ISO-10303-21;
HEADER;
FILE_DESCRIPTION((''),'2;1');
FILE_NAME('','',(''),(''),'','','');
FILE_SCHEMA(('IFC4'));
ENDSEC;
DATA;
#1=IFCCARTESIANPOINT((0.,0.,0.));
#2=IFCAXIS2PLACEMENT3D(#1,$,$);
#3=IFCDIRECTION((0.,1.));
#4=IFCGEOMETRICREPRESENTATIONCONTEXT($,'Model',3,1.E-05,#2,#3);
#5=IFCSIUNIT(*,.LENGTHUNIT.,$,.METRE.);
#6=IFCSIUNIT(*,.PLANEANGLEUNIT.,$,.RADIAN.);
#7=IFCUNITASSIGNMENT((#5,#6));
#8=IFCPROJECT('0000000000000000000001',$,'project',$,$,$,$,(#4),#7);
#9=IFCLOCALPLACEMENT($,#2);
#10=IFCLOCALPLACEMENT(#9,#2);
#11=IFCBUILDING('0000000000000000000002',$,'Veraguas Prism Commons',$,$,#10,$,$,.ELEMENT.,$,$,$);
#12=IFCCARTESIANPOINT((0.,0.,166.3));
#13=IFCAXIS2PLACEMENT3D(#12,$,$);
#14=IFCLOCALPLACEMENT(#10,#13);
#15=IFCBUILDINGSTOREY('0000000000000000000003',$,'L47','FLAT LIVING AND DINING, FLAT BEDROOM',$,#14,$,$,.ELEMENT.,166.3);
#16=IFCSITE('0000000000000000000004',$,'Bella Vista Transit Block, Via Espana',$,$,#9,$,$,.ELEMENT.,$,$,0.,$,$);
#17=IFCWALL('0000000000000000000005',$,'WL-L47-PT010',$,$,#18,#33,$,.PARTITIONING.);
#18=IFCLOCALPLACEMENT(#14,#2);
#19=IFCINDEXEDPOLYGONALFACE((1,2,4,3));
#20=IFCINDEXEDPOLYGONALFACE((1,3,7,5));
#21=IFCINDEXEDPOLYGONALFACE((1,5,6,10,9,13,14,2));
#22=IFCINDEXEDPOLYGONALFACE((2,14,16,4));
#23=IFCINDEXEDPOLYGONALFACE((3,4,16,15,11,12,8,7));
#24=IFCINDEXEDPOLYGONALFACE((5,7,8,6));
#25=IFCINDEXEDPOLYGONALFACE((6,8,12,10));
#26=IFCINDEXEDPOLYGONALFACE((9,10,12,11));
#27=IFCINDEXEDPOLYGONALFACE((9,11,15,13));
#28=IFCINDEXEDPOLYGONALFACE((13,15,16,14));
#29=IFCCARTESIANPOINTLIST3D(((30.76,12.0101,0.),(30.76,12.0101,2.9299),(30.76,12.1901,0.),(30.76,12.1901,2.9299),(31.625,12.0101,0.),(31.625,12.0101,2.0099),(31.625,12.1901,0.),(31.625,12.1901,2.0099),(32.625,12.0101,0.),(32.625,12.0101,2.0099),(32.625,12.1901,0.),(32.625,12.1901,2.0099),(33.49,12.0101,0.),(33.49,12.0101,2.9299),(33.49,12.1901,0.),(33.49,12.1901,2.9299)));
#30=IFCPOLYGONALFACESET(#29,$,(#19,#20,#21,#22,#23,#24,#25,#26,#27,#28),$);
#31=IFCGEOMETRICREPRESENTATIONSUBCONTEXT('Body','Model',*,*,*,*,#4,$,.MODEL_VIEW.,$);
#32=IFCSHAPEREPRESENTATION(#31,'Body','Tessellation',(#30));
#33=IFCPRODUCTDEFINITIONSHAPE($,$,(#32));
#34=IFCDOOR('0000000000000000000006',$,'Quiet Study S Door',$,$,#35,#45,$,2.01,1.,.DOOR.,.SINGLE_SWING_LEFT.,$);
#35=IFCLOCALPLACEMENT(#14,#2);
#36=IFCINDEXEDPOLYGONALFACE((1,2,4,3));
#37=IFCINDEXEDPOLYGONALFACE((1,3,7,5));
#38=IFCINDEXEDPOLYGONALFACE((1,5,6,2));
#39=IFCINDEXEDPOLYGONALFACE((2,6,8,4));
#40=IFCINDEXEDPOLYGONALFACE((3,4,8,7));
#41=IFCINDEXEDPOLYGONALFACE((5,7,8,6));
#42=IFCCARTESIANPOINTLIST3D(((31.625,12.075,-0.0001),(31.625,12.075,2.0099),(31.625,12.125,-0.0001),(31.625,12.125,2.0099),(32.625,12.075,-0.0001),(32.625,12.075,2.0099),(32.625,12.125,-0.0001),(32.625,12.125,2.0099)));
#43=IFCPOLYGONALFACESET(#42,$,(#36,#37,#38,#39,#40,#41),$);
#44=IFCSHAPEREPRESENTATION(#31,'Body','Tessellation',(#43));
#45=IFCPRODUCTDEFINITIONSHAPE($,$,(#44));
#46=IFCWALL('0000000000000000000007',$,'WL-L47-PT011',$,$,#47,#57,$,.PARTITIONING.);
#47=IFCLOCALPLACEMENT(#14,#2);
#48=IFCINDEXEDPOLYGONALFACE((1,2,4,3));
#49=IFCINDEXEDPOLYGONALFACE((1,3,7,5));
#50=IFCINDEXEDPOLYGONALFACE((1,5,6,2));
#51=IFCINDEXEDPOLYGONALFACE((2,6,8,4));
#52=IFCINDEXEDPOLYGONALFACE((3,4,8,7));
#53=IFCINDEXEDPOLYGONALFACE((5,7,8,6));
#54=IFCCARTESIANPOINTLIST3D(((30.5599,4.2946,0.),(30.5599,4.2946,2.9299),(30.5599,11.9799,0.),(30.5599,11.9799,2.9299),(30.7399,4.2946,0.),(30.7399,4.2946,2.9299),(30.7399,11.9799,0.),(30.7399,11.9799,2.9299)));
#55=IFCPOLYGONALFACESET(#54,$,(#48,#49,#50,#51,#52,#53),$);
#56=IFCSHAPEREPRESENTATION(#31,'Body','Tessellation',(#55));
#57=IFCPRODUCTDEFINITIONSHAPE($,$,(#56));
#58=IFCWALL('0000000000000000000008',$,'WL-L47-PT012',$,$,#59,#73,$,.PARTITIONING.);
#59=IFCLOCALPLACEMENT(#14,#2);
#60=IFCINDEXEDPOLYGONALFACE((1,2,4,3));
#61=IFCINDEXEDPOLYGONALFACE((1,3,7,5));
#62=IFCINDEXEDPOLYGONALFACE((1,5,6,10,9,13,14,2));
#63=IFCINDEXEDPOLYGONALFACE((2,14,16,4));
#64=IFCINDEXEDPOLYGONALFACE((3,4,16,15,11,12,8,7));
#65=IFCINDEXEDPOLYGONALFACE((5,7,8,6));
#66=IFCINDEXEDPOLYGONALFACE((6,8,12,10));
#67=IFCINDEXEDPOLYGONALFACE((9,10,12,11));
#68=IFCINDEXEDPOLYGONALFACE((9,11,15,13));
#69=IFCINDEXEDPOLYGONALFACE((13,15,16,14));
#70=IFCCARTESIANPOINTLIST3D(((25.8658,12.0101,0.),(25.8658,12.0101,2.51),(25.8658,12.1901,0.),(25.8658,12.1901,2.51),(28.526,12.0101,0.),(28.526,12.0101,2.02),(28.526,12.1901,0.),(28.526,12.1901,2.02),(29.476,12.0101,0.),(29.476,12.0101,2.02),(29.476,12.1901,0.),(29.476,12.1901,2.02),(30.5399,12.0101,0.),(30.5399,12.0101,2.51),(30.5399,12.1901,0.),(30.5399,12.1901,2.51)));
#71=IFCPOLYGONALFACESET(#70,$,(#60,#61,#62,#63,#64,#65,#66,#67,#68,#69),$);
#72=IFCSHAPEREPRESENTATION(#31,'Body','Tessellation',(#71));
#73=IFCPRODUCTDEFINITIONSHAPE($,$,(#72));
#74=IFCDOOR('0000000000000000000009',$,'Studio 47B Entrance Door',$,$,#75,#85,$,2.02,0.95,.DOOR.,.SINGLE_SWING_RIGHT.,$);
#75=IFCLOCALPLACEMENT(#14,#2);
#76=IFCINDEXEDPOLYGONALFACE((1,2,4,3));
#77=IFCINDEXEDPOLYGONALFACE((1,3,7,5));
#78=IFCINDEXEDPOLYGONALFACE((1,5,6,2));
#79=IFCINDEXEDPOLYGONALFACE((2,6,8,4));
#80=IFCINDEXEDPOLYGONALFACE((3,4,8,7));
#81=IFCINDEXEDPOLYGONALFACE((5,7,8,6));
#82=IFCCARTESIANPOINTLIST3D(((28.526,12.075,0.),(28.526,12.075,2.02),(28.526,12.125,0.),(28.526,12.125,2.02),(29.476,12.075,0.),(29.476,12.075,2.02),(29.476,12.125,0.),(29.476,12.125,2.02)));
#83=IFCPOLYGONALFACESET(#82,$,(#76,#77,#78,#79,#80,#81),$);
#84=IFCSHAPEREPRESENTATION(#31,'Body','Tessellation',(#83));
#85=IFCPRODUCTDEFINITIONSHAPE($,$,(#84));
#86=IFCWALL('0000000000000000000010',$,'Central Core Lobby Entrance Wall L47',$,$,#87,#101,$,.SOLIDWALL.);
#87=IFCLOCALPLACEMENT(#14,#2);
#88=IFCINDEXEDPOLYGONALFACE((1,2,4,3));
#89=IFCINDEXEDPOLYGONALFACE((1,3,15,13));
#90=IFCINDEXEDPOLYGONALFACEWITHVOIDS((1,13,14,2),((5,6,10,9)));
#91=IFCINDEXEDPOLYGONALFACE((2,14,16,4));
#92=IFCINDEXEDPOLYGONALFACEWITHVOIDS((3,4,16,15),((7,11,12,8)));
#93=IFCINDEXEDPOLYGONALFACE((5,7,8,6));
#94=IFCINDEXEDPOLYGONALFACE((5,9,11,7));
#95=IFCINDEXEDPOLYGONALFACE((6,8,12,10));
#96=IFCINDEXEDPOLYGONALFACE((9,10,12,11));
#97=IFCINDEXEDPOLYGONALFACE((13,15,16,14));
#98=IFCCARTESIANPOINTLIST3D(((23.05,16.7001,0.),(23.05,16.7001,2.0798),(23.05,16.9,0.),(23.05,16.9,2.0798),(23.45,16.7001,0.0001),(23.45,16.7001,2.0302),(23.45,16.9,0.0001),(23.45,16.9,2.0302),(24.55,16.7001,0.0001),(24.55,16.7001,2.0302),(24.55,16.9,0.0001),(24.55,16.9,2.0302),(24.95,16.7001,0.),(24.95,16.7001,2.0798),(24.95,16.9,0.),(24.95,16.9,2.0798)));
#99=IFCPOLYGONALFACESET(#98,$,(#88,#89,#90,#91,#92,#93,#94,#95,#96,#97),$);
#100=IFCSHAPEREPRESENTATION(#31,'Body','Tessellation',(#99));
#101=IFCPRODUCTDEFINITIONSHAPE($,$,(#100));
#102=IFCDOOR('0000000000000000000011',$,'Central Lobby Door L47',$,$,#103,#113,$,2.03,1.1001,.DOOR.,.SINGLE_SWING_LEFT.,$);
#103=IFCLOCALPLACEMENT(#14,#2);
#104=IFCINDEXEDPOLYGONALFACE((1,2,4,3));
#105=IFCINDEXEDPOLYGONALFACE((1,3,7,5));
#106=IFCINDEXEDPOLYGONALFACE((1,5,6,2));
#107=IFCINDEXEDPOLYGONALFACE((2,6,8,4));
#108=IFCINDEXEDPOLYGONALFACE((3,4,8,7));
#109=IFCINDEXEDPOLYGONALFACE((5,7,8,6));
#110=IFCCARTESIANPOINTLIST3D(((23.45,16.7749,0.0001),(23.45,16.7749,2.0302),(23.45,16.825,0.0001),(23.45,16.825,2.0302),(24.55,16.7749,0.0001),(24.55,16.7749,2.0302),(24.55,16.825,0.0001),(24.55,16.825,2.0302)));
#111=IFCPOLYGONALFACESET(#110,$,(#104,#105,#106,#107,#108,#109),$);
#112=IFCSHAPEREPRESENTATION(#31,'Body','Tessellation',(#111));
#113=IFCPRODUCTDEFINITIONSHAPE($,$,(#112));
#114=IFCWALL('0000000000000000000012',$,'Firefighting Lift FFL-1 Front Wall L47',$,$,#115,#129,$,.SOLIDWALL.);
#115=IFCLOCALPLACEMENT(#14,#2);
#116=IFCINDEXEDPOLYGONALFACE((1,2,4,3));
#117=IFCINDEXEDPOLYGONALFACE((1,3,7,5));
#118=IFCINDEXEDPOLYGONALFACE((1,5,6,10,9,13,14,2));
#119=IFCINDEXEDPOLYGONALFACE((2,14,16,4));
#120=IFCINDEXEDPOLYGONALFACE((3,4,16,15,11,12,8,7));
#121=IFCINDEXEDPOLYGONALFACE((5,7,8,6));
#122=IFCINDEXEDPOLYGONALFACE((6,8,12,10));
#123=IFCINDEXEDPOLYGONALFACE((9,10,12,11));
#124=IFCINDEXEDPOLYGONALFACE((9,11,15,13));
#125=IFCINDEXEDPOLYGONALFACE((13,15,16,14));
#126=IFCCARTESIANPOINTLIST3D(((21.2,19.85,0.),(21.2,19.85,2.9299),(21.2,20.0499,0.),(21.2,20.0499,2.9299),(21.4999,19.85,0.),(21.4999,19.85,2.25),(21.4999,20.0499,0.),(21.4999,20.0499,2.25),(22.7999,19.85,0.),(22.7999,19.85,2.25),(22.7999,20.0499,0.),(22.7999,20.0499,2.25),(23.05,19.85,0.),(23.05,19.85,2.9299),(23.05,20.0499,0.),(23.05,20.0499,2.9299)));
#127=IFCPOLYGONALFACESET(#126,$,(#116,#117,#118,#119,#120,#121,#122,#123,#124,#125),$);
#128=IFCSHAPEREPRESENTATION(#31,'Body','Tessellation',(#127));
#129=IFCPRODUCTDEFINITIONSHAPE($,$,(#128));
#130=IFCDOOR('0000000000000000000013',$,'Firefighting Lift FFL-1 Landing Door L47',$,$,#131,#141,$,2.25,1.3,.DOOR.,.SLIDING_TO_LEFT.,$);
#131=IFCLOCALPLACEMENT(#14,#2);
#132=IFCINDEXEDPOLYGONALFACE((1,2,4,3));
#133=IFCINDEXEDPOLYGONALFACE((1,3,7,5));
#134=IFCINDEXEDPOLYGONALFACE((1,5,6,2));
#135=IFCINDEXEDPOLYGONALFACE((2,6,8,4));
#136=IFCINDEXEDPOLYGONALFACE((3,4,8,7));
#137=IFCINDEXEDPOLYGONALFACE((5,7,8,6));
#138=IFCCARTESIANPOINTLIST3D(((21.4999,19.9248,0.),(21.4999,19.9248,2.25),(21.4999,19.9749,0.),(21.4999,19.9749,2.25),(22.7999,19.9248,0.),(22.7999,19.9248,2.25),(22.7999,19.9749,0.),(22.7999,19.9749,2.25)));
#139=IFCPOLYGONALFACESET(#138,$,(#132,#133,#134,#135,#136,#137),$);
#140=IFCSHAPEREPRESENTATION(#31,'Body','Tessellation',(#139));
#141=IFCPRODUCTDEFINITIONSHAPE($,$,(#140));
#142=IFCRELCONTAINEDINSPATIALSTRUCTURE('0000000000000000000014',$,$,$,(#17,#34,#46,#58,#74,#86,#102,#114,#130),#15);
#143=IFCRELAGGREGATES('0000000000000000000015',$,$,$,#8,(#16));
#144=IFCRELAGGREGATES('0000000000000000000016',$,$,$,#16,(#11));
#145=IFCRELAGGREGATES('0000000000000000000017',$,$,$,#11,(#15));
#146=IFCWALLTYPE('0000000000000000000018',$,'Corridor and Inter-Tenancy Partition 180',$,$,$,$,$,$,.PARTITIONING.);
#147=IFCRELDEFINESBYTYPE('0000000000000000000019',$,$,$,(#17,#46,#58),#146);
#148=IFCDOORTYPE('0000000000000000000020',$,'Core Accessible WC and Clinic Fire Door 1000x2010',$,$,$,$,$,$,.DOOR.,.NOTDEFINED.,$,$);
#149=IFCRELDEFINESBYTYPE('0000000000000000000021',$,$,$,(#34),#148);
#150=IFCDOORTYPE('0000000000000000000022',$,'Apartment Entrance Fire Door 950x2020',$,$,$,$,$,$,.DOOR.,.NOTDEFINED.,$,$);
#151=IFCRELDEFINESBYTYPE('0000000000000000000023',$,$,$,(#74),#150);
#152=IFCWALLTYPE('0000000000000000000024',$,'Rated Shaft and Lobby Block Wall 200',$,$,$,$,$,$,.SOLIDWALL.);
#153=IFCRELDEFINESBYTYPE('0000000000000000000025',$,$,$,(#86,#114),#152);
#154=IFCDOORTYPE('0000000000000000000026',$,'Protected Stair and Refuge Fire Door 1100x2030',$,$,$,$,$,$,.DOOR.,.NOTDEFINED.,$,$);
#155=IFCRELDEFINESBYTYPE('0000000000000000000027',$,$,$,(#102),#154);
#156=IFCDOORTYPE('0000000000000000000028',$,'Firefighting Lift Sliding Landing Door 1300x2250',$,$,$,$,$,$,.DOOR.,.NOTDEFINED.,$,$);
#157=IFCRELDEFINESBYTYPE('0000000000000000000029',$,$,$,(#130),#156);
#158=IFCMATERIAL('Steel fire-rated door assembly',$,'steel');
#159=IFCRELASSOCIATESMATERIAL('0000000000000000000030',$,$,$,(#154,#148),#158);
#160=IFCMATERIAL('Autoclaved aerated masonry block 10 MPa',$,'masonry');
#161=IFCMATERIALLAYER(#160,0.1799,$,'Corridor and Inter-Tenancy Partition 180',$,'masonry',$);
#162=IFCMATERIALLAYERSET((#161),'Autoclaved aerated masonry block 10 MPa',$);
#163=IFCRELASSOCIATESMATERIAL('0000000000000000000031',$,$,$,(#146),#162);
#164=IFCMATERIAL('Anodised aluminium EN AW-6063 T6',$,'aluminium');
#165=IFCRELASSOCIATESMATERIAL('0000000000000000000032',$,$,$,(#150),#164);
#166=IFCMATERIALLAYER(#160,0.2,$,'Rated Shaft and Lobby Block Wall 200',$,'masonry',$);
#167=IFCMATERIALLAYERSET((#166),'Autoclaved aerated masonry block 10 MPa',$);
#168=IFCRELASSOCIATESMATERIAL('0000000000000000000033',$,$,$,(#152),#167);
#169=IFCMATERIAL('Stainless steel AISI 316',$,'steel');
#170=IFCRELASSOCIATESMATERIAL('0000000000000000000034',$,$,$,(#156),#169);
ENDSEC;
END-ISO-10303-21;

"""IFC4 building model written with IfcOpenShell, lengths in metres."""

from ifc_helpers import new_model, si_unit, direction, frame, frame_2d, origin, place, context, subcontext, project, spatial, rectangle, extrude, source, transform, mapped, material, layer, layer_set, type_object, element, fill, save


model = new_model("IFC4")

# Units and contexts
model_context = context("Model", 3, precision=1e-05, world=origin(), true_north=direction((0.0, 1.0)))
body_context = subcontext(model_context, "Body", "Model", "MODEL_VIEW")
ifc_project = project(units=[si_unit("LENGTHUNIT", "METRE"), si_unit("PLANEANGLEUNIT", "RADIAN")], contexts=[model_context])

# Site, building, storey
site_placement = place(None, origin())
site = spatial("IfcSite", under=ifc_project, at=site_placement, Name="Bella Vista Transit Block, Via Espana", CompositionType="ELEMENT", RefElevation=0.0)
building_placement = place(site_placement, origin())
building = spatial("IfcBuilding", under=site, at=building_placement, Name="Veraguas Prism Commons", CompositionType="ELEMENT")
storey_placement = place(building_placement, frame((0.0, 0.0, 166.3)))
storey = spatial("IfcBuildingStorey", under=building, at=storey_placement, Name="L47", Description="FLAT LIVING AND DINING, FLAT BEDROOM", CompositionType="ELEMENT", Elevation=166.3)

# Shared definitions
ifc_material_1 = material(Name="Steel fire-rated door assembly", Category="steel")
door_type_1 = type_object("IfcDoorType", Name="Protected Stair and Refuge Fire Door 1100x2030", OperationType="NOTDEFINED", PredefinedType="DOOR", material=ifc_material_1)
shared_shape_1 = source(origin(), body_context, "Body", "SweptSolid", [
    extrude(rectangle(XDim=1.1001, YDim=2.03, at=frame_2d((0.55, 1.0151))), frame((0.0, 0.0249, 0.0), z_axis=(0.0, -1.0, 0.0), x_axis=(1.0, 0.0, 0.0)), (0.0, 0.0, 1.0), 0.05),
])

# Shared definitions
ifc_material_2 = material(Name="Autoclaved aerated masonry block 10 MPa", Category="masonry")
ifc_layer_1 = layer(ifc_material_2, 0.1799, Name="Corridor and Inter-Tenancy Partition 180", Category="masonry")
ifc_layer_set_1 = layer_set([ifc_layer_1], Name="Autoclaved aerated masonry block 10 MPa")
wall_type_1 = type_object("IfcWallType", Name="Corridor and Inter-Tenancy Partition 180", PredefinedType="PARTITIONING", material=ifc_layer_set_1)

# Wall, opening, door
wall_1_placement = place(storey_placement, frame((30.76, 12.1001, 0.0), z_axis=(0.0, 0.0, 1.0), x_axis=(1.0, 0.0, 0.0)))
wall_1 = element("IfcWall", 1, at=wall_1_placement, inside=storey, type_object=wall_type_1, Name="WL-L47-PT010", PredefinedType="PARTITIONING", context=body_context, shape_type="SweptSolid", body=[
    extrude(rectangle(XDim=2.73, YDim=0.1799, at=frame_2d((1.365, 0.0))), origin(), (0.0, 0.0, 1.0), 2.9299),
])
opening_1_placement = place(wall_1_placement, frame((0.865, 0.0, 0.0)))
opening_1 = element("IfcOpeningElement", 2, at=opening_1_placement, cuts=wall_1, PredefinedType="OPENING", context=body_context, shape_type="SweptSolid", body=[
    extrude(rectangle(XDim=1.0, YDim=2.01, at=frame_2d((0.5, 1.0049))), frame((0.0, 0.0999, 0.0), z_axis=(0.0, -1.0, 0.0), x_axis=(1.0, 0.0, 0.0)), (0.0, 0.0, 1.0), 0.2),
])
door_type_2 = type_object("IfcDoorType", Name="Core Accessible WC and Clinic Fire Door 1000x2010", OperationType="NOTDEFINED", PredefinedType="DOOR", material=ifc_material_1)
shared_shape_2 = source(origin(), body_context, "Body", "SweptSolid", [
    extrude(rectangle(XDim=1.0, YDim=2.01, at=frame_2d((0.5, 1.0049))), frame((0.0, 0.0249, 0.0), z_axis=(0.0, -1.0, 0.0), x_axis=(1.0, 0.0, 0.0)), (0.0, 0.0, 1.0), 0.05),
])
door_1_placement = place(opening_1_placement, origin())
door_1 = element("IfcDoor", 3, at=door_1_placement, inside=storey, type_object=door_type_2, Name="Quiet Study S Door", OperationType="SINGLE_SWING_LEFT", OverallHeight=2.01, OverallWidth=1.0, PredefinedType="DOOR", context=body_context, shape_type="MappedRepresentation", body=[
    mapped(shared_shape_2, transform((0.0, 0.0, 0.0), scale=1.0)),
])
fill(opening_1, door_1)

# Wall
wall_2_placement = place(storey_placement, frame((30.6499, 11.98, 0.0), z_axis=(0.0, 0.0, 1.0), x_axis=(0.0, -1.0, 0.0)))
element("IfcWall", 4, at=wall_2_placement, inside=storey, type_object=wall_type_1, Name="WL-L47-PT011", PredefinedType="PARTITIONING", context=body_context, shape_type="SweptSolid", body=[
    extrude(rectangle(XDim=7.6853, YDim=0.1799, at=frame_2d((3.8428, 0.0))), origin(), (0.0, 0.0, 1.0), 2.9299),
])

# Walls, openings, doors
wall_3_placement = place(storey_placement, frame((25.866, 12.1001, 0.0), z_axis=(0.0, 0.0, 1.0), x_axis=(1.0, 0.0, 0.0)))
wall_3 = element("IfcWall", 5, at=wall_3_placement, inside=storey, type_object=wall_type_1, Name="WL-L47-PT012", PredefinedType="PARTITIONING", context=body_context, shape_type="SweptSolid", body=[
    extrude(rectangle(XDim=4.6741, YDim=0.1799, at=frame_2d((2.3369, 0.0))), origin(), (0.0, 0.0, 1.0), 2.51),
])
opening_2_placement = place(wall_3_placement, frame((2.6599, 0.0, 0.0)))
opening_2 = element("IfcOpeningElement", 6, at=opening_2_placement, cuts=wall_3, PredefinedType="OPENING", context=body_context, shape_type="SweptSolid", body=[
    extrude(rectangle(XDim=0.95, YDim=2.02, at=frame_2d((0.4751, 1.01))), frame((0.0, 0.0999, 0.0), z_axis=(0.0, -1.0, 0.0), x_axis=(1.0, 0.0, 0.0)), (0.0, 0.0, 1.0), 0.2),
])
ifc_material_3 = material(Name="Anodised aluminium EN AW-6063 T6", Category="aluminium")
door_type_3 = type_object("IfcDoorType", Name="Apartment Entrance Fire Door 950x2020", OperationType="NOTDEFINED", PredefinedType="DOOR", material=ifc_material_3)
shared_shape_3 = source(origin(), body_context, "Body", "SweptSolid", [
    extrude(rectangle(XDim=0.95, YDim=2.02, at=frame_2d((0.4751, 1.01))), frame((0.0, 0.0249, 0.0), z_axis=(0.0, -1.0, 0.0), x_axis=(1.0, 0.0, 0.0)), (0.0, 0.0, 1.0), 0.05),
])
door_2_placement = place(opening_2_placement, origin())
door_2 = element("IfcDoor", 7, at=door_2_placement, inside=storey, type_object=door_type_3, Name="Studio 47B Entrance Door", OperationType="SINGLE_SWING_RIGHT", OverallHeight=2.02, OverallWidth=0.95, PredefinedType="DOOR", context=body_context, shape_type="MappedRepresentation", body=[
    mapped(shared_shape_3, transform((0.0, 0.0, 0.0), scale=1.0)),
])
fill(opening_2, door_2)
ifc_layer_2 = layer(ifc_material_2, 0.2, Name="Rated Shaft and Lobby Block Wall 200", Category="masonry")
ifc_layer_set_2 = layer_set([ifc_layer_2], Name="Autoclaved aerated masonry block 10 MPa")
wall_type_2 = type_object("IfcWallType", Name="Rated Shaft and Lobby Block Wall 200", PredefinedType="SOLIDWALL", material=ifc_layer_set_2)
wall_4_placement = place(storey_placement, frame((23.05, 16.8, 0.0), z_axis=(0.0, 0.0, 1.0), x_axis=(1.0, 0.0, 0.0)))
wall_4 = element("IfcWall", 8, at=wall_4_placement, inside=storey, type_object=wall_type_2, Name="Central Core Lobby Entrance Wall L47", PredefinedType="SOLIDWALL", context=body_context, shape_type="SweptSolid", body=[
    extrude(rectangle(XDim=1.8999, YDim=0.2, at=frame_2d((0.95, 0.0))), origin(), (0.0, 0.0, 1.0), 2.0798),
])
opening_3_placement = place(wall_4_placement, frame((0.3999, 0.0, 0.0)))
opening_3 = element("IfcOpeningElement", 9, at=opening_3_placement, cuts=wall_4, PredefinedType="OPENING", context=body_context, shape_type="SweptSolid", body=[
    extrude(rectangle(XDim=1.1001, YDim=2.03, at=frame_2d((0.55, 1.0151))), frame((0.0, 0.1099, 0.0), z_axis=(0.0, -1.0, 0.0), x_axis=(1.0, 0.0, 0.0)), (0.0, 0.0, 1.0), 0.22),
])
door_3_placement = place(opening_3_placement, origin())
door_3 = element("IfcDoor", 10, at=door_3_placement, inside=storey, type_object=door_type_1, Name="Central Lobby Door L47", OperationType="SINGLE_SWING_LEFT", OverallHeight=2.03, OverallWidth=1.1001, PredefinedType="DOOR", context=body_context, shape_type="MappedRepresentation", body=[
    mapped(shared_shape_1, transform((0.0, 0.0, 0.0), scale=1.0)),
])
fill(opening_3, door_3)
wall_5_placement = place(storey_placement, frame((21.2, 19.95, 0.0), z_axis=(0.0, 0.0, 1.0), x_axis=(1.0, 0.0, 0.0)))
wall_5 = element("IfcWall", 11, at=wall_5_placement, inside=storey, type_object=wall_type_2, Name="Firefighting Lift FFL-1 Front Wall L47", PredefinedType="SOLIDWALL", context=body_context, shape_type="SweptSolid", body=[
    extrude(rectangle(XDim=1.8501, YDim=0.2, at=frame_2d((0.925, 0.0))), origin(), (0.0, 0.0, 1.0), 2.9299),
])
opening_4_placement = place(wall_5_placement, frame((0.3, 0.0, 0.0)))
opening_4 = element("IfcOpeningElement", 12, at=opening_4_placement, cuts=wall_5, PredefinedType="OPENING", context=body_context, shape_type="SweptSolid", body=[
    extrude(rectangle(XDim=1.3, YDim=2.25, at=frame_2d((0.6499, 1.125))), frame((0.0, 0.1099, 0.0), z_axis=(0.0, -1.0, 0.0), x_axis=(1.0, 0.0, 0.0)), (0.0, 0.0, 1.0), 0.22),
])
ifc_material_4 = material(Name="Stainless steel AISI 316", Category="steel")
door_type_4 = type_object("IfcDoorType", Name="Firefighting Lift Sliding Landing Door 1300x2250", OperationType="NOTDEFINED", PredefinedType="DOOR", material=ifc_material_4)
shared_shape_4 = source(origin(), body_context, "Body", "SweptSolid", [
    extrude(rectangle(XDim=1.3, YDim=2.25, at=frame_2d((0.6499, 1.125))), frame((0.0, 0.0249, 0.0), z_axis=(0.0, -1.0, 0.0), x_axis=(1.0, 0.0, 0.0)), (0.0, 0.0, 1.0), 0.05),
])
door_4_placement = place(opening_4_placement, origin())
door_4 = element("IfcDoor", 13, at=door_4_placement, inside=storey, type_object=door_type_4, Name="Firefighting Lift FFL-1 Landing Door L47", OperationType="SLIDING_TO_LEFT", OverallHeight=2.25, OverallWidth=1.3, PredefinedType="DOOR", context=body_context, shape_type="MappedRepresentation", body=[
    mapped(shared_shape_4, transform((0.0, 0.0, 0.0), scale=1.0)),
])
fill(opening_4, door_4)

save(model, "model.ifc")
